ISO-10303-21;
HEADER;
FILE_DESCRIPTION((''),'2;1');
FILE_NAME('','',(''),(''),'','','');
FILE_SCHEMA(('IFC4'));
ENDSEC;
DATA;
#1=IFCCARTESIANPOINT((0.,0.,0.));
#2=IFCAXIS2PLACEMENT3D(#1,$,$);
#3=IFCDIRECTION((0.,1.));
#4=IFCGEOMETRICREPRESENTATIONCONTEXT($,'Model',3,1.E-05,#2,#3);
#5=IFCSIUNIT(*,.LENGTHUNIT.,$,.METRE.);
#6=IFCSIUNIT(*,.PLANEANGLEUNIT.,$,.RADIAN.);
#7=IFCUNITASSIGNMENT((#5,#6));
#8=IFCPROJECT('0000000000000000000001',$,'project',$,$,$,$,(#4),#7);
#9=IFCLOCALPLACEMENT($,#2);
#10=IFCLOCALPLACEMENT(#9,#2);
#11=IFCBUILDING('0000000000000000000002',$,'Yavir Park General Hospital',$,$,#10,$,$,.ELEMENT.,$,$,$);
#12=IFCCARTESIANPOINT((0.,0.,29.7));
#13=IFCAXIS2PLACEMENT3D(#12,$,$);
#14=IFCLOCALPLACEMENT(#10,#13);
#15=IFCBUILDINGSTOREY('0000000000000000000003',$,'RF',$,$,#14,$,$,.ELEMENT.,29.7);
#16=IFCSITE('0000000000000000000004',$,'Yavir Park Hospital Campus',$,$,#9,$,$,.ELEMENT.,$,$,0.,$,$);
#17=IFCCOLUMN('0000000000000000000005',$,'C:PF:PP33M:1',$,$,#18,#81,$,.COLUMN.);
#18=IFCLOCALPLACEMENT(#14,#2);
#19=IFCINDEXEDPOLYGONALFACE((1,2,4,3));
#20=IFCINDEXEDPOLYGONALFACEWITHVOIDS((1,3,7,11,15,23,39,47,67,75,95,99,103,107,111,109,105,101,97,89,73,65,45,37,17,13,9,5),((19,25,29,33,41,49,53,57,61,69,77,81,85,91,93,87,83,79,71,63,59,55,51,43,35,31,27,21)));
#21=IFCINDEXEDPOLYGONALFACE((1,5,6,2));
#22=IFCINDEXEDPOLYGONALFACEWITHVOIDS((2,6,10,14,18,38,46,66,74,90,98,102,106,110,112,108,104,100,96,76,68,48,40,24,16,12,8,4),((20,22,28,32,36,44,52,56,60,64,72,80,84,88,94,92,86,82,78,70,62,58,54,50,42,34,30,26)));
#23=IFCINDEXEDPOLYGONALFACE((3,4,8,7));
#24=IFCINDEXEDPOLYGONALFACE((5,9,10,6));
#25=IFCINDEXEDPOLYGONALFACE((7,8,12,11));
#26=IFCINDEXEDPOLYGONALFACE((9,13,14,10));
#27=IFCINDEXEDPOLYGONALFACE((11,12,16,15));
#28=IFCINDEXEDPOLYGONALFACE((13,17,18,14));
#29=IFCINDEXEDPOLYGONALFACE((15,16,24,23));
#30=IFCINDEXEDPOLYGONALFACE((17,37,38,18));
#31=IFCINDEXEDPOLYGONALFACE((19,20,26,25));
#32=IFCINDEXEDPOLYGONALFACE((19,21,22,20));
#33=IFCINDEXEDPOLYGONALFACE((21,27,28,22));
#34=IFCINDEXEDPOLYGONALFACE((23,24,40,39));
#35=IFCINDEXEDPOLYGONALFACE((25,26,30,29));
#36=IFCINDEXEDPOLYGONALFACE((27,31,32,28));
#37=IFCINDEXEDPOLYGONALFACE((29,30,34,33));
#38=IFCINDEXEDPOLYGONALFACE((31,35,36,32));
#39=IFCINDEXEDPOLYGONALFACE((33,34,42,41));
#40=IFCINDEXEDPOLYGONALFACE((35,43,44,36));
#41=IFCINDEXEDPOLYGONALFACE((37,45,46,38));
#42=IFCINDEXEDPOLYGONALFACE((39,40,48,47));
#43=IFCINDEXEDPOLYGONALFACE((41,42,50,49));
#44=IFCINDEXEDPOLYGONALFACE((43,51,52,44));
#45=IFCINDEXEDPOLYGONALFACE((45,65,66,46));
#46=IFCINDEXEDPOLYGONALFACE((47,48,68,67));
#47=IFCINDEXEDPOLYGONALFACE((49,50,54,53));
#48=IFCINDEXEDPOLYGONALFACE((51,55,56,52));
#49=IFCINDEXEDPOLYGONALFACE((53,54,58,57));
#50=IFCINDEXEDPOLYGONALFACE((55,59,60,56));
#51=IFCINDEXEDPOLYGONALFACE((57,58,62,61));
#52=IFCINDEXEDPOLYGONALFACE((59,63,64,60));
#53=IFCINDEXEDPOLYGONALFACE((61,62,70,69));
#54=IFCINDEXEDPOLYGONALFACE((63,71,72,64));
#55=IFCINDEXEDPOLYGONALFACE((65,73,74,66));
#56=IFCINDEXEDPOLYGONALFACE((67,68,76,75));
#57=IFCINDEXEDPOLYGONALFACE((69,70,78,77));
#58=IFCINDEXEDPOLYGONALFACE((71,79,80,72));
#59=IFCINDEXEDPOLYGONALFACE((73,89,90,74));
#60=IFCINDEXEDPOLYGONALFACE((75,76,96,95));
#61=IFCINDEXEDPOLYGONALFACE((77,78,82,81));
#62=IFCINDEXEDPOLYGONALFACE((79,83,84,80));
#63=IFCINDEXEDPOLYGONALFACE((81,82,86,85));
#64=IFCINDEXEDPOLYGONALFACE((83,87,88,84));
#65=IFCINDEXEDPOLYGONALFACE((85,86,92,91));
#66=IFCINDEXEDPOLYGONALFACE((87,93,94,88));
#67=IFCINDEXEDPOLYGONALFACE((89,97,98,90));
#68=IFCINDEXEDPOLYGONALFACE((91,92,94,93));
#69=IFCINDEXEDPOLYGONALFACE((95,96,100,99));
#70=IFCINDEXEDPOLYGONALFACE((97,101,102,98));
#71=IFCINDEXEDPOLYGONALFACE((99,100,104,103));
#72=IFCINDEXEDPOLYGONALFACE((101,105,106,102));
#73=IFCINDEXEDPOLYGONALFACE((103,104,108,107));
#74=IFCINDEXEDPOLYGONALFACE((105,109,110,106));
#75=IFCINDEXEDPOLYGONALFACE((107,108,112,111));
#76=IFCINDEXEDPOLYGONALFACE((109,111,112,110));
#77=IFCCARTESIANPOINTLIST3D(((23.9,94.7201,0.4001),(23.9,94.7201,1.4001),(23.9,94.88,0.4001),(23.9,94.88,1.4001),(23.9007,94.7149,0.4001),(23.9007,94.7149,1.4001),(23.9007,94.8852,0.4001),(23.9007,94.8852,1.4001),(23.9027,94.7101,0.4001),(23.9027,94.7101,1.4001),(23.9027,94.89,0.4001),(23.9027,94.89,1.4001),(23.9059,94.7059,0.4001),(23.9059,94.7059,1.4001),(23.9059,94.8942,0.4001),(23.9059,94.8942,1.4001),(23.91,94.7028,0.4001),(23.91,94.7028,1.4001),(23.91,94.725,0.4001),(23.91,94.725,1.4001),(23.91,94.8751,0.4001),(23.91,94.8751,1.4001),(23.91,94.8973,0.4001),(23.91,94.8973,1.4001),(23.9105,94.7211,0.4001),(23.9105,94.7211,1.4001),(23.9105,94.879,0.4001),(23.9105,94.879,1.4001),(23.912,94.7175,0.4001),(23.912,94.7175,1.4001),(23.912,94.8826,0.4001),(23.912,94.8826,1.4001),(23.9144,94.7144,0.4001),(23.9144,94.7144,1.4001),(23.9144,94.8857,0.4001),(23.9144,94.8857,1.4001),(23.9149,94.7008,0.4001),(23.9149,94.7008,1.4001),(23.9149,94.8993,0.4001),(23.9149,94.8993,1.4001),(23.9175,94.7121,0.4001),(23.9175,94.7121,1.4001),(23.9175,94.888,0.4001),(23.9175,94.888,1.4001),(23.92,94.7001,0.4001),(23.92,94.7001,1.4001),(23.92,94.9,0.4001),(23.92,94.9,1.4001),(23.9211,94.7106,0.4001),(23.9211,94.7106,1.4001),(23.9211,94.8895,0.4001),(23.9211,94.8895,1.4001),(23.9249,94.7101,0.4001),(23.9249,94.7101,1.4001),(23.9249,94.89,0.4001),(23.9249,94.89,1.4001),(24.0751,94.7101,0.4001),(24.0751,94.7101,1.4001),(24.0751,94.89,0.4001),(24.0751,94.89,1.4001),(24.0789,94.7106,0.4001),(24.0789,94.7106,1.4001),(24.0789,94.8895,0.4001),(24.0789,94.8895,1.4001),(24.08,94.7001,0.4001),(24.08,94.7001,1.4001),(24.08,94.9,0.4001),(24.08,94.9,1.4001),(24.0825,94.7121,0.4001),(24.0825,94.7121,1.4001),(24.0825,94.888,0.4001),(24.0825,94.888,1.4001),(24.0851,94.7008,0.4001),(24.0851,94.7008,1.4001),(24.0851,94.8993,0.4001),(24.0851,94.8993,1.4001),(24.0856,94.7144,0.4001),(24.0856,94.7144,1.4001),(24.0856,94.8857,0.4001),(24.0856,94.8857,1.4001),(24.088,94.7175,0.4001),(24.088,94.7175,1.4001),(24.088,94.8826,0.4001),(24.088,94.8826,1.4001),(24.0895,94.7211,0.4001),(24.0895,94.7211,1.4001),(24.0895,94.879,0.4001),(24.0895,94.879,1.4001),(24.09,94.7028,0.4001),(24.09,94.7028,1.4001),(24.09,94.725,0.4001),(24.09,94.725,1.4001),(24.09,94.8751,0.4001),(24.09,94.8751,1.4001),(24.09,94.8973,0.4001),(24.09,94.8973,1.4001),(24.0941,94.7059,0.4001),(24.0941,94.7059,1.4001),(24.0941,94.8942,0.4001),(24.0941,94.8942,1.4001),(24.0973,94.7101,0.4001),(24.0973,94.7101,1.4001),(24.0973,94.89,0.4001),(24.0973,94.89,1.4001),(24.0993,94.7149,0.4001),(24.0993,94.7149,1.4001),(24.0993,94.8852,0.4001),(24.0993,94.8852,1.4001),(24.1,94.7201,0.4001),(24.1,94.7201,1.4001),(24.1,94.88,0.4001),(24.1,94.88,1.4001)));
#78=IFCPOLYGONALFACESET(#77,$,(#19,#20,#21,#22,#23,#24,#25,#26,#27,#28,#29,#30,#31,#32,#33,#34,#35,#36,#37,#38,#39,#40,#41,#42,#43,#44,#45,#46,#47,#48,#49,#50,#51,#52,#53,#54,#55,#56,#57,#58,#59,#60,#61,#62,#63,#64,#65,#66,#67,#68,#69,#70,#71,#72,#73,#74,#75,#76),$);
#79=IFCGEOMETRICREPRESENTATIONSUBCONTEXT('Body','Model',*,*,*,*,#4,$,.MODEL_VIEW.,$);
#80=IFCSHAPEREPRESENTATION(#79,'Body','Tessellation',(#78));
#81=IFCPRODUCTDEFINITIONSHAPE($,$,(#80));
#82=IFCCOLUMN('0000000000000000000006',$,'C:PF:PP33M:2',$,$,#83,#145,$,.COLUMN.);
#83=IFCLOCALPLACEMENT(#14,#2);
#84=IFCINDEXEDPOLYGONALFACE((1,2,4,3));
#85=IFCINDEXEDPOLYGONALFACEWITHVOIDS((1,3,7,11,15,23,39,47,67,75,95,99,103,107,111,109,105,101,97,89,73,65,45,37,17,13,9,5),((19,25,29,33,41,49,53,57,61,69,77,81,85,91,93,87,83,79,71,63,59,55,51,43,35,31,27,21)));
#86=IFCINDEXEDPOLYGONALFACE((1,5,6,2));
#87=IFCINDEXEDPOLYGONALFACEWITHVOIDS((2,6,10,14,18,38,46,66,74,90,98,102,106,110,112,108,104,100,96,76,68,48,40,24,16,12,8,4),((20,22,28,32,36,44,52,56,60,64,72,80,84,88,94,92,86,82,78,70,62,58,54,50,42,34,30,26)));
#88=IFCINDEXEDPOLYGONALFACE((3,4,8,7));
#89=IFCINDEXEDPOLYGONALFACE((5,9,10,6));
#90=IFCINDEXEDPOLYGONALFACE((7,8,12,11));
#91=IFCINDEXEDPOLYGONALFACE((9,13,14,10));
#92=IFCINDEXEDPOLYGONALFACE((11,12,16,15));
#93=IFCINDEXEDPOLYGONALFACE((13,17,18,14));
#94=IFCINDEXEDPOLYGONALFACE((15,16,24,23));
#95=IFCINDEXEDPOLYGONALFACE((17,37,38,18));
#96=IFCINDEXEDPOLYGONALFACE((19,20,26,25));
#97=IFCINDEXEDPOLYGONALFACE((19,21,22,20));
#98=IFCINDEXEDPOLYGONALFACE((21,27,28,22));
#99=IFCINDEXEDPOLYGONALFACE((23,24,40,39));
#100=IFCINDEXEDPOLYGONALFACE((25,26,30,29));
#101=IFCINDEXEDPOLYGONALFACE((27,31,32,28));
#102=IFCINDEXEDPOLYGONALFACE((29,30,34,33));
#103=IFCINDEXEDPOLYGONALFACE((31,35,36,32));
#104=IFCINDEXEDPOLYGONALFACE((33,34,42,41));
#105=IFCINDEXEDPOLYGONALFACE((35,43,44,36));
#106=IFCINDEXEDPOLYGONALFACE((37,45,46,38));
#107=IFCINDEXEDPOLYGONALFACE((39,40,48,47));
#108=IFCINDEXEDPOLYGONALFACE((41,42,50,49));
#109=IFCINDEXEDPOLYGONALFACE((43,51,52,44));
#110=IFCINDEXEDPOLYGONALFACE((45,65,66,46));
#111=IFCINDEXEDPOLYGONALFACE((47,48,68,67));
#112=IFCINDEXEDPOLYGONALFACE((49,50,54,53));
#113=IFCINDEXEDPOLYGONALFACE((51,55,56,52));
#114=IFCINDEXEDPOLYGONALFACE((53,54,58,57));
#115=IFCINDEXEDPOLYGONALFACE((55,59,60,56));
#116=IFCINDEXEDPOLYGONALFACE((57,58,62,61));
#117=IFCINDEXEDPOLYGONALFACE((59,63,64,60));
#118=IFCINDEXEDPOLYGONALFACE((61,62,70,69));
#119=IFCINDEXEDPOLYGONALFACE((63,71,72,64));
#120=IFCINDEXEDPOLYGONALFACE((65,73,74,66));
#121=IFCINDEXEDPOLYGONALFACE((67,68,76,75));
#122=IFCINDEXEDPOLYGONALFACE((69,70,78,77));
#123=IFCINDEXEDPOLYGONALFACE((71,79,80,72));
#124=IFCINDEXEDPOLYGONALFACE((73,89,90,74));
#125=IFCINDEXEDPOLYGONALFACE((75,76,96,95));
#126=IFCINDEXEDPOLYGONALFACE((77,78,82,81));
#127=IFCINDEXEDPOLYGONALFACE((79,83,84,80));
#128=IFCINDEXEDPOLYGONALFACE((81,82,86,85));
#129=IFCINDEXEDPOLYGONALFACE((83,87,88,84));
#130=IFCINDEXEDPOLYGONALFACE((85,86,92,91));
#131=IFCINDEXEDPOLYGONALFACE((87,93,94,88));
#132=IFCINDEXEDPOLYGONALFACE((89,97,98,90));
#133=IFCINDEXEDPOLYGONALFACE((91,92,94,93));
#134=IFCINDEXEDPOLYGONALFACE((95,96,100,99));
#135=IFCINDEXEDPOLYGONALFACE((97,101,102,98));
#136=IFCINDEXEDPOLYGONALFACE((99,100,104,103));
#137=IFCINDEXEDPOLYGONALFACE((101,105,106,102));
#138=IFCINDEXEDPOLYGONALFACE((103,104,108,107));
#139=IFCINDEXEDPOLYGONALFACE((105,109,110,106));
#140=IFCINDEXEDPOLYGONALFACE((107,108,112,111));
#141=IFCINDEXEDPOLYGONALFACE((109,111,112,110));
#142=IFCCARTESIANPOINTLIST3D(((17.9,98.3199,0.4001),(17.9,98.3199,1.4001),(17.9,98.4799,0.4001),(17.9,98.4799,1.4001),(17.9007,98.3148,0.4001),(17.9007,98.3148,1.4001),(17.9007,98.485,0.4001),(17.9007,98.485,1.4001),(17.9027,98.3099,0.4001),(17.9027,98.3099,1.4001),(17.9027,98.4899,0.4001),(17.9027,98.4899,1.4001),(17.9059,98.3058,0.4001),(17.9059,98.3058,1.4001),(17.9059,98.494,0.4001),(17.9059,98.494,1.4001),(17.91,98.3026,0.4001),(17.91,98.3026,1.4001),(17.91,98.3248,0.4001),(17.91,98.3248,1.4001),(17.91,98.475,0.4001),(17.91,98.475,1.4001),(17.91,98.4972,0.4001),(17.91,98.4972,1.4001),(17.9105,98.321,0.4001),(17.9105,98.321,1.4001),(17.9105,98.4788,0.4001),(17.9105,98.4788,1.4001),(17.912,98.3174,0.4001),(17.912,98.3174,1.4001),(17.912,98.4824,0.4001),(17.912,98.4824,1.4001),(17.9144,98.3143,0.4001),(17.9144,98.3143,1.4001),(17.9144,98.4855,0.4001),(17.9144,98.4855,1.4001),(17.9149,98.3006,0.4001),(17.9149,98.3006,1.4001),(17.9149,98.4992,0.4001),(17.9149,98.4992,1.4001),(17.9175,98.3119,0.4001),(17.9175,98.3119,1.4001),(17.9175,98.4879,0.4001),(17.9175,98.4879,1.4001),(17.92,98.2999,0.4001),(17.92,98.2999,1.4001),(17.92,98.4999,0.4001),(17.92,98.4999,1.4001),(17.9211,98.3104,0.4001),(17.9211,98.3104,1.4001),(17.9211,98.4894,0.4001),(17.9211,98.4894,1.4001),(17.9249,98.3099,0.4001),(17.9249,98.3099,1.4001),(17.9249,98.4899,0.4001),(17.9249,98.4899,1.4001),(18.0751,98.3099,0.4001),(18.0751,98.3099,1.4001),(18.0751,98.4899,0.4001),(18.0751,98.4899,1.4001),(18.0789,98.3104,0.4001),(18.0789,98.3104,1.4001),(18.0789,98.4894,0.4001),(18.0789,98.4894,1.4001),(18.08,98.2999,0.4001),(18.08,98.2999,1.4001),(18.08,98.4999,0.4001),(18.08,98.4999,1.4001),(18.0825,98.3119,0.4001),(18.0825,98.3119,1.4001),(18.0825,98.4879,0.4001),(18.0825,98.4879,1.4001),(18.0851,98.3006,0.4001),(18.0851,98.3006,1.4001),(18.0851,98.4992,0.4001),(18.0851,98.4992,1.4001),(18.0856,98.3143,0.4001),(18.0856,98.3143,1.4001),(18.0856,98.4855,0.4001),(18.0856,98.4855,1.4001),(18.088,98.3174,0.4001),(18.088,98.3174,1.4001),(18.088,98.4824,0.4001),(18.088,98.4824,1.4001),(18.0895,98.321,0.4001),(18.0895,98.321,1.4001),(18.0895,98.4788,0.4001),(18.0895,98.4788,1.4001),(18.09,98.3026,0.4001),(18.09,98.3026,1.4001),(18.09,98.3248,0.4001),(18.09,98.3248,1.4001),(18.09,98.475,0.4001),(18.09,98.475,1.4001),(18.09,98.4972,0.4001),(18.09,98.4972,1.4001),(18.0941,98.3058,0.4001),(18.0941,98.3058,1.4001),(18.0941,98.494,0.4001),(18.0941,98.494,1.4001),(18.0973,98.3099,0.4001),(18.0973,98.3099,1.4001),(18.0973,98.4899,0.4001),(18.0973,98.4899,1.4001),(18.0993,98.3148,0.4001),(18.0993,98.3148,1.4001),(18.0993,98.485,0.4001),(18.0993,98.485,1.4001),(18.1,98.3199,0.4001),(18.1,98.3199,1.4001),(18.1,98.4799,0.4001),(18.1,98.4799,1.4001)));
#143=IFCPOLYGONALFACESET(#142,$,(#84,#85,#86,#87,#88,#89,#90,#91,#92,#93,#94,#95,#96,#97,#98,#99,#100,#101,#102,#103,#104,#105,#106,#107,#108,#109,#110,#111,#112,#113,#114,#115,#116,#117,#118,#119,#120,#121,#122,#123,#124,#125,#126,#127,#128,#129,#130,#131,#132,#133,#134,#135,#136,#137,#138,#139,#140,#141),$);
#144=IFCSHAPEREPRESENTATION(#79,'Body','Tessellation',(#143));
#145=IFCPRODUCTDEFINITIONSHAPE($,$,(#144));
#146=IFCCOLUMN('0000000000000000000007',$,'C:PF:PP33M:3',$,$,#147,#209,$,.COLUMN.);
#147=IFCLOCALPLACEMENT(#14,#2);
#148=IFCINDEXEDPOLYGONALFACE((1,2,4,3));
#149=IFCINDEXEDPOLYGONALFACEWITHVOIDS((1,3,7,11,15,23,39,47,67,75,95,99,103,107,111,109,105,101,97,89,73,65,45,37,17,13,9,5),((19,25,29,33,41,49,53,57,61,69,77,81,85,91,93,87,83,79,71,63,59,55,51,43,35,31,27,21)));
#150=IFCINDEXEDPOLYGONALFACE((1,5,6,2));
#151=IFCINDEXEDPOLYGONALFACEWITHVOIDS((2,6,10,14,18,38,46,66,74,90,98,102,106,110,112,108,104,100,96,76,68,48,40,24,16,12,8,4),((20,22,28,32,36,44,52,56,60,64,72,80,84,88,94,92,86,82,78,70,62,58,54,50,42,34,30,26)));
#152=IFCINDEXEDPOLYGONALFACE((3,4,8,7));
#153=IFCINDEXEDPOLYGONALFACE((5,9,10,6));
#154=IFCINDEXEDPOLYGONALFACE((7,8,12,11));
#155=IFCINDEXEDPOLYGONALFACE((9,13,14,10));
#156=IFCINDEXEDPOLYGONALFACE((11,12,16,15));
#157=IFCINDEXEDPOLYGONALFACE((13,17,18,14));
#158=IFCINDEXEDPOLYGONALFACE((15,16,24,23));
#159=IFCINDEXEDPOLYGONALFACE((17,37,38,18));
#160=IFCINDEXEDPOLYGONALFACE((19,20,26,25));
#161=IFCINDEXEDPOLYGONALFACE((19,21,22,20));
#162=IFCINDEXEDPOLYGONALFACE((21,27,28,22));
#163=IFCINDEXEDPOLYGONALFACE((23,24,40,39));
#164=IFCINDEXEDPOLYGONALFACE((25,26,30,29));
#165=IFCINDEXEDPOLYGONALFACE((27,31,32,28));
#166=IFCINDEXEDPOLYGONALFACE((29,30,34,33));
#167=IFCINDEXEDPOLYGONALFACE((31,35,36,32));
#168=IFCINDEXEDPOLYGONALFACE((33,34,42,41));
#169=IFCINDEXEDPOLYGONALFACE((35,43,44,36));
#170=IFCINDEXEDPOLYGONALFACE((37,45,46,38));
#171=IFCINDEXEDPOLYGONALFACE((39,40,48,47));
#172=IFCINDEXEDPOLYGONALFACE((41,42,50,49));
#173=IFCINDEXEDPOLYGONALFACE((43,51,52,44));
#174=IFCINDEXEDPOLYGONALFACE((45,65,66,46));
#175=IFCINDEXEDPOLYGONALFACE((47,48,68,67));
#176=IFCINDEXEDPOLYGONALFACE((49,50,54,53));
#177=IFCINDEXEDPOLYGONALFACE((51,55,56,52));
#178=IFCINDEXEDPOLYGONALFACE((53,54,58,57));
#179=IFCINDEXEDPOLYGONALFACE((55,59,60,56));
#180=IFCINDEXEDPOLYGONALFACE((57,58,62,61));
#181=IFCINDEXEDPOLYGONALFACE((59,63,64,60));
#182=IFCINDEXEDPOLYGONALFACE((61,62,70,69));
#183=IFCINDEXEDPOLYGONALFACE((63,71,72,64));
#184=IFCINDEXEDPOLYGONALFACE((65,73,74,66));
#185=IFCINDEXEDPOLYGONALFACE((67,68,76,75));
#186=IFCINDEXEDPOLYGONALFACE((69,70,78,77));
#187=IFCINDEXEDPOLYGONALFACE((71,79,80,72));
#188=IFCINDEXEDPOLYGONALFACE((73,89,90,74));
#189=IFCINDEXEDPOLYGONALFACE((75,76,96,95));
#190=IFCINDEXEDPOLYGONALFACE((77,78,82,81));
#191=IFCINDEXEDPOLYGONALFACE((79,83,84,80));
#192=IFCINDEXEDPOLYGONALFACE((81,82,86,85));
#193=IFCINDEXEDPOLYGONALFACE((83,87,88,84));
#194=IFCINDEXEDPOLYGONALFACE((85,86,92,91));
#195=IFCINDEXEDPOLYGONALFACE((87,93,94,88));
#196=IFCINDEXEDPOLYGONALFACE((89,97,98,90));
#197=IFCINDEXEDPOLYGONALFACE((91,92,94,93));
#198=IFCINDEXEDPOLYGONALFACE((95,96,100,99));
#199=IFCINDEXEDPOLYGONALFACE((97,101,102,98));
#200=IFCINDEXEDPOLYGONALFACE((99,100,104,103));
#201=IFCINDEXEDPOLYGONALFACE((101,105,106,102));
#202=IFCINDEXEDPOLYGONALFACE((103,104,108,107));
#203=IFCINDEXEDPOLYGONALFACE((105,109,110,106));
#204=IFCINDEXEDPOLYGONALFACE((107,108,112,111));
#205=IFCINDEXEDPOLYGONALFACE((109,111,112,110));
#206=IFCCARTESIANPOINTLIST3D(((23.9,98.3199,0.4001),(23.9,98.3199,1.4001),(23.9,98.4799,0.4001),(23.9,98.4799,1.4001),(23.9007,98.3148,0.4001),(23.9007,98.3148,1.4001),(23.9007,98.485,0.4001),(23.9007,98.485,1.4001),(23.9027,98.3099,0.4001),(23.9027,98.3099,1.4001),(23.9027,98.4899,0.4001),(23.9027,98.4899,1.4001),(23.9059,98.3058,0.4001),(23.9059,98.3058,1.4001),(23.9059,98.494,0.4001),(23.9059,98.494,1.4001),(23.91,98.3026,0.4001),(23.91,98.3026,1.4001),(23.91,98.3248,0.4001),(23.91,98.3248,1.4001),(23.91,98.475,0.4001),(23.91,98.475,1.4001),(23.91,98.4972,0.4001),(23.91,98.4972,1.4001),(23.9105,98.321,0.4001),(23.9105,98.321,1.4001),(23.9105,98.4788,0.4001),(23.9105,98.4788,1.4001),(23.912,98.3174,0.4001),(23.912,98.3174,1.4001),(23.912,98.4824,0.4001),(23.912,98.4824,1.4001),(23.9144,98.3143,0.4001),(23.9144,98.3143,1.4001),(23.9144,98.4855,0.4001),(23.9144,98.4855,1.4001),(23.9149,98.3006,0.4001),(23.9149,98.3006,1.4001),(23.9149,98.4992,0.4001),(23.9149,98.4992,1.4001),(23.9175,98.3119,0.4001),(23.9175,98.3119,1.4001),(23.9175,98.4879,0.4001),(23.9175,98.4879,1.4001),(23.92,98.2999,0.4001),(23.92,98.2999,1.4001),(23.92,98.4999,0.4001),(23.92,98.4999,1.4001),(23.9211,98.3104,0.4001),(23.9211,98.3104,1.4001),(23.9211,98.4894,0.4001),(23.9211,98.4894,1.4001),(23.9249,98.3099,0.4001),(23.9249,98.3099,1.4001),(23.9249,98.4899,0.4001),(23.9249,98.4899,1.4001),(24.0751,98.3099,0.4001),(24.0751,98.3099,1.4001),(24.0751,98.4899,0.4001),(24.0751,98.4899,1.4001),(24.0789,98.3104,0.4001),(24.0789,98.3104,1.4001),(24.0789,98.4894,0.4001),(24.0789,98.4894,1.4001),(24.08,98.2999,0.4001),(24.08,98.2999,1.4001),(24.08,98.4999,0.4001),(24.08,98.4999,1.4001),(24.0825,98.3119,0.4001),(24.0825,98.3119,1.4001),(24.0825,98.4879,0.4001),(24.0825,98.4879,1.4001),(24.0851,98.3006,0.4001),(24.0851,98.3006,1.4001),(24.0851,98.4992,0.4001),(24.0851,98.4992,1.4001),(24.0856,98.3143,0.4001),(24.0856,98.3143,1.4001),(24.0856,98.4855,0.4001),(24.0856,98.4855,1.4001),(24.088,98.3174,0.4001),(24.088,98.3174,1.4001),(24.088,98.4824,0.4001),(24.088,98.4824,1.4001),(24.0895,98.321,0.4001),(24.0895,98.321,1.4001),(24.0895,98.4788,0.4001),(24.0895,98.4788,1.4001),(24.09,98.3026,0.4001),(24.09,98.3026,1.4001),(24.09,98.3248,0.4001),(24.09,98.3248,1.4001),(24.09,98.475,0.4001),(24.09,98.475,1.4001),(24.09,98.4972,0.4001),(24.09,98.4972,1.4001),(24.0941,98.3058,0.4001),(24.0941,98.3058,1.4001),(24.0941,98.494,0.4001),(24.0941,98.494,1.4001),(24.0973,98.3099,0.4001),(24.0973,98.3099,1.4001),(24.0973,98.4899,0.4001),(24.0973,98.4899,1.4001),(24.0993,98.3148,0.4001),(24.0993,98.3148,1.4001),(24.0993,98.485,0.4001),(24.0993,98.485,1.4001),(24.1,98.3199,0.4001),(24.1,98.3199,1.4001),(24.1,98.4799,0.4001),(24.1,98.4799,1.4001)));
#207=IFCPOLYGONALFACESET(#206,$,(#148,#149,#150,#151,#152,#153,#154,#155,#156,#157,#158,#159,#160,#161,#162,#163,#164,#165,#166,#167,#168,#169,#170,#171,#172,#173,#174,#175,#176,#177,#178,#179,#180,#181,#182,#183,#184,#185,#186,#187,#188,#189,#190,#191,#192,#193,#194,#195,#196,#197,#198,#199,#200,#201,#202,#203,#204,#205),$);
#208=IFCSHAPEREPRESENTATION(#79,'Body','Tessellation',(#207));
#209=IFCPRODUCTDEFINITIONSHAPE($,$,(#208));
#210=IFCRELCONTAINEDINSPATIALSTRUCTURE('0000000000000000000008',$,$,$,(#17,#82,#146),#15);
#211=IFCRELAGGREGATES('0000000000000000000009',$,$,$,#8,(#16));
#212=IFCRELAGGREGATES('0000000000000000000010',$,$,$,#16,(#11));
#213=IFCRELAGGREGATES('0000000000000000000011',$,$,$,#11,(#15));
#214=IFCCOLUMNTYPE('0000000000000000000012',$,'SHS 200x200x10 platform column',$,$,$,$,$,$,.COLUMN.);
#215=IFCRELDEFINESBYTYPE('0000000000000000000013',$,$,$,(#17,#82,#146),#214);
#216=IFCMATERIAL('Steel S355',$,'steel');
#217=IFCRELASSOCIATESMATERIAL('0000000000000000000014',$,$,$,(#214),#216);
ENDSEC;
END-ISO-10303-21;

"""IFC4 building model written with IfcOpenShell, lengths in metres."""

from ifc_helpers import new_model, si_unit, direction, frame, origin, origin_2d, place, context, subcontext, project, spatial, hollow_rectangle, extrude, material, material_profile, profile_set, type_object, element, save


model = new_model("IFC4")

# Units and contexts
model_context = context("Model", 3, precision=1e-05, world=origin(), true_north=direction((0.0, 1.0)))
body_context = subcontext(model_context, "Body", "Model", "MODEL_VIEW")
ifc_project = project(units=[si_unit("LENGTHUNIT", "METRE"), si_unit("PLANEANGLEUNIT", "RADIAN")], contexts=[model_context])

# Site, building, storey
site_placement = place(None, origin())
site = spatial("IfcSite", under=ifc_project, at=site_placement, Name="Yavir Park Hospital Campus", CompositionType="ELEMENT", RefElevation=0.0)
building_placement = place(site_placement, origin())
building = spatial("IfcBuilding", under=site, at=building_placement, Name="Yavir Park General Hospital", CompositionType="ELEMENT")
storey_placement = place(building_placement, frame((0.0, 0.0, 29.7)))
storey = spatial("IfcBuildingStorey", under=building, at=storey_placement, Name="RF", CompositionType="ELEMENT", Elevation=29.7)

# Columns
ifc_material_1 = material(Name="Steel S355", Category="steel")
ifc_material_profile_1 = material_profile(ifc_material_1, hollow_rectangle(XDim=0.2, YDim=0.2, WallThickness=0.01, InnerFilletRadius=0.0149, OuterFilletRadius=0.02, at=origin_2d()), Name="SHS200x200x10")
ifc_profile_set_1 = profile_set([ifc_material_profile_1], Name="Steel S355")
column_type_1 = type_object("IfcColumnType", Name="SHS 200x200x10 platform column", PredefinedType="COLUMN", material=ifc_profile_set_1)
for number, where, z_axis, x_axis, name in (
    (1, (24.0, 94.8, 0.4001), (0.0, 0.0, 1.0), (1.0, 0.0, 0.0), "C:PF:PP33M:1"),
    (2, (18.0, 98.3999, 0.4001), (0.0, 0.0, 1.0), (1.0, 0.0, 0.0), "C:PF:PP33M:2"),
    (3, (24.0, 98.3999, 0.4001), (0.0, 0.0, 1.0), (1.0, 0.0, 0.0), "C:PF:PP33M:3"),
):
    element("IfcColumn", number, at=place(storey_placement, frame(where, z_axis=z_axis, x_axis=x_axis)), inside=storey, type_object=column_type_1, Name=name, PredefinedType="COLUMN", context=body_context, shape_type="SweptSolid", body=[
        extrude(hollow_rectangle(XDim=0.2, YDim=0.2, WallThickness=0.01, InnerFilletRadius=0.0149, OuterFilletRadius=0.02, at=origin_2d()), origin(), (0.0, 0.0, 1.0), 1.0),
    ])

save(model, "model.ifc")
